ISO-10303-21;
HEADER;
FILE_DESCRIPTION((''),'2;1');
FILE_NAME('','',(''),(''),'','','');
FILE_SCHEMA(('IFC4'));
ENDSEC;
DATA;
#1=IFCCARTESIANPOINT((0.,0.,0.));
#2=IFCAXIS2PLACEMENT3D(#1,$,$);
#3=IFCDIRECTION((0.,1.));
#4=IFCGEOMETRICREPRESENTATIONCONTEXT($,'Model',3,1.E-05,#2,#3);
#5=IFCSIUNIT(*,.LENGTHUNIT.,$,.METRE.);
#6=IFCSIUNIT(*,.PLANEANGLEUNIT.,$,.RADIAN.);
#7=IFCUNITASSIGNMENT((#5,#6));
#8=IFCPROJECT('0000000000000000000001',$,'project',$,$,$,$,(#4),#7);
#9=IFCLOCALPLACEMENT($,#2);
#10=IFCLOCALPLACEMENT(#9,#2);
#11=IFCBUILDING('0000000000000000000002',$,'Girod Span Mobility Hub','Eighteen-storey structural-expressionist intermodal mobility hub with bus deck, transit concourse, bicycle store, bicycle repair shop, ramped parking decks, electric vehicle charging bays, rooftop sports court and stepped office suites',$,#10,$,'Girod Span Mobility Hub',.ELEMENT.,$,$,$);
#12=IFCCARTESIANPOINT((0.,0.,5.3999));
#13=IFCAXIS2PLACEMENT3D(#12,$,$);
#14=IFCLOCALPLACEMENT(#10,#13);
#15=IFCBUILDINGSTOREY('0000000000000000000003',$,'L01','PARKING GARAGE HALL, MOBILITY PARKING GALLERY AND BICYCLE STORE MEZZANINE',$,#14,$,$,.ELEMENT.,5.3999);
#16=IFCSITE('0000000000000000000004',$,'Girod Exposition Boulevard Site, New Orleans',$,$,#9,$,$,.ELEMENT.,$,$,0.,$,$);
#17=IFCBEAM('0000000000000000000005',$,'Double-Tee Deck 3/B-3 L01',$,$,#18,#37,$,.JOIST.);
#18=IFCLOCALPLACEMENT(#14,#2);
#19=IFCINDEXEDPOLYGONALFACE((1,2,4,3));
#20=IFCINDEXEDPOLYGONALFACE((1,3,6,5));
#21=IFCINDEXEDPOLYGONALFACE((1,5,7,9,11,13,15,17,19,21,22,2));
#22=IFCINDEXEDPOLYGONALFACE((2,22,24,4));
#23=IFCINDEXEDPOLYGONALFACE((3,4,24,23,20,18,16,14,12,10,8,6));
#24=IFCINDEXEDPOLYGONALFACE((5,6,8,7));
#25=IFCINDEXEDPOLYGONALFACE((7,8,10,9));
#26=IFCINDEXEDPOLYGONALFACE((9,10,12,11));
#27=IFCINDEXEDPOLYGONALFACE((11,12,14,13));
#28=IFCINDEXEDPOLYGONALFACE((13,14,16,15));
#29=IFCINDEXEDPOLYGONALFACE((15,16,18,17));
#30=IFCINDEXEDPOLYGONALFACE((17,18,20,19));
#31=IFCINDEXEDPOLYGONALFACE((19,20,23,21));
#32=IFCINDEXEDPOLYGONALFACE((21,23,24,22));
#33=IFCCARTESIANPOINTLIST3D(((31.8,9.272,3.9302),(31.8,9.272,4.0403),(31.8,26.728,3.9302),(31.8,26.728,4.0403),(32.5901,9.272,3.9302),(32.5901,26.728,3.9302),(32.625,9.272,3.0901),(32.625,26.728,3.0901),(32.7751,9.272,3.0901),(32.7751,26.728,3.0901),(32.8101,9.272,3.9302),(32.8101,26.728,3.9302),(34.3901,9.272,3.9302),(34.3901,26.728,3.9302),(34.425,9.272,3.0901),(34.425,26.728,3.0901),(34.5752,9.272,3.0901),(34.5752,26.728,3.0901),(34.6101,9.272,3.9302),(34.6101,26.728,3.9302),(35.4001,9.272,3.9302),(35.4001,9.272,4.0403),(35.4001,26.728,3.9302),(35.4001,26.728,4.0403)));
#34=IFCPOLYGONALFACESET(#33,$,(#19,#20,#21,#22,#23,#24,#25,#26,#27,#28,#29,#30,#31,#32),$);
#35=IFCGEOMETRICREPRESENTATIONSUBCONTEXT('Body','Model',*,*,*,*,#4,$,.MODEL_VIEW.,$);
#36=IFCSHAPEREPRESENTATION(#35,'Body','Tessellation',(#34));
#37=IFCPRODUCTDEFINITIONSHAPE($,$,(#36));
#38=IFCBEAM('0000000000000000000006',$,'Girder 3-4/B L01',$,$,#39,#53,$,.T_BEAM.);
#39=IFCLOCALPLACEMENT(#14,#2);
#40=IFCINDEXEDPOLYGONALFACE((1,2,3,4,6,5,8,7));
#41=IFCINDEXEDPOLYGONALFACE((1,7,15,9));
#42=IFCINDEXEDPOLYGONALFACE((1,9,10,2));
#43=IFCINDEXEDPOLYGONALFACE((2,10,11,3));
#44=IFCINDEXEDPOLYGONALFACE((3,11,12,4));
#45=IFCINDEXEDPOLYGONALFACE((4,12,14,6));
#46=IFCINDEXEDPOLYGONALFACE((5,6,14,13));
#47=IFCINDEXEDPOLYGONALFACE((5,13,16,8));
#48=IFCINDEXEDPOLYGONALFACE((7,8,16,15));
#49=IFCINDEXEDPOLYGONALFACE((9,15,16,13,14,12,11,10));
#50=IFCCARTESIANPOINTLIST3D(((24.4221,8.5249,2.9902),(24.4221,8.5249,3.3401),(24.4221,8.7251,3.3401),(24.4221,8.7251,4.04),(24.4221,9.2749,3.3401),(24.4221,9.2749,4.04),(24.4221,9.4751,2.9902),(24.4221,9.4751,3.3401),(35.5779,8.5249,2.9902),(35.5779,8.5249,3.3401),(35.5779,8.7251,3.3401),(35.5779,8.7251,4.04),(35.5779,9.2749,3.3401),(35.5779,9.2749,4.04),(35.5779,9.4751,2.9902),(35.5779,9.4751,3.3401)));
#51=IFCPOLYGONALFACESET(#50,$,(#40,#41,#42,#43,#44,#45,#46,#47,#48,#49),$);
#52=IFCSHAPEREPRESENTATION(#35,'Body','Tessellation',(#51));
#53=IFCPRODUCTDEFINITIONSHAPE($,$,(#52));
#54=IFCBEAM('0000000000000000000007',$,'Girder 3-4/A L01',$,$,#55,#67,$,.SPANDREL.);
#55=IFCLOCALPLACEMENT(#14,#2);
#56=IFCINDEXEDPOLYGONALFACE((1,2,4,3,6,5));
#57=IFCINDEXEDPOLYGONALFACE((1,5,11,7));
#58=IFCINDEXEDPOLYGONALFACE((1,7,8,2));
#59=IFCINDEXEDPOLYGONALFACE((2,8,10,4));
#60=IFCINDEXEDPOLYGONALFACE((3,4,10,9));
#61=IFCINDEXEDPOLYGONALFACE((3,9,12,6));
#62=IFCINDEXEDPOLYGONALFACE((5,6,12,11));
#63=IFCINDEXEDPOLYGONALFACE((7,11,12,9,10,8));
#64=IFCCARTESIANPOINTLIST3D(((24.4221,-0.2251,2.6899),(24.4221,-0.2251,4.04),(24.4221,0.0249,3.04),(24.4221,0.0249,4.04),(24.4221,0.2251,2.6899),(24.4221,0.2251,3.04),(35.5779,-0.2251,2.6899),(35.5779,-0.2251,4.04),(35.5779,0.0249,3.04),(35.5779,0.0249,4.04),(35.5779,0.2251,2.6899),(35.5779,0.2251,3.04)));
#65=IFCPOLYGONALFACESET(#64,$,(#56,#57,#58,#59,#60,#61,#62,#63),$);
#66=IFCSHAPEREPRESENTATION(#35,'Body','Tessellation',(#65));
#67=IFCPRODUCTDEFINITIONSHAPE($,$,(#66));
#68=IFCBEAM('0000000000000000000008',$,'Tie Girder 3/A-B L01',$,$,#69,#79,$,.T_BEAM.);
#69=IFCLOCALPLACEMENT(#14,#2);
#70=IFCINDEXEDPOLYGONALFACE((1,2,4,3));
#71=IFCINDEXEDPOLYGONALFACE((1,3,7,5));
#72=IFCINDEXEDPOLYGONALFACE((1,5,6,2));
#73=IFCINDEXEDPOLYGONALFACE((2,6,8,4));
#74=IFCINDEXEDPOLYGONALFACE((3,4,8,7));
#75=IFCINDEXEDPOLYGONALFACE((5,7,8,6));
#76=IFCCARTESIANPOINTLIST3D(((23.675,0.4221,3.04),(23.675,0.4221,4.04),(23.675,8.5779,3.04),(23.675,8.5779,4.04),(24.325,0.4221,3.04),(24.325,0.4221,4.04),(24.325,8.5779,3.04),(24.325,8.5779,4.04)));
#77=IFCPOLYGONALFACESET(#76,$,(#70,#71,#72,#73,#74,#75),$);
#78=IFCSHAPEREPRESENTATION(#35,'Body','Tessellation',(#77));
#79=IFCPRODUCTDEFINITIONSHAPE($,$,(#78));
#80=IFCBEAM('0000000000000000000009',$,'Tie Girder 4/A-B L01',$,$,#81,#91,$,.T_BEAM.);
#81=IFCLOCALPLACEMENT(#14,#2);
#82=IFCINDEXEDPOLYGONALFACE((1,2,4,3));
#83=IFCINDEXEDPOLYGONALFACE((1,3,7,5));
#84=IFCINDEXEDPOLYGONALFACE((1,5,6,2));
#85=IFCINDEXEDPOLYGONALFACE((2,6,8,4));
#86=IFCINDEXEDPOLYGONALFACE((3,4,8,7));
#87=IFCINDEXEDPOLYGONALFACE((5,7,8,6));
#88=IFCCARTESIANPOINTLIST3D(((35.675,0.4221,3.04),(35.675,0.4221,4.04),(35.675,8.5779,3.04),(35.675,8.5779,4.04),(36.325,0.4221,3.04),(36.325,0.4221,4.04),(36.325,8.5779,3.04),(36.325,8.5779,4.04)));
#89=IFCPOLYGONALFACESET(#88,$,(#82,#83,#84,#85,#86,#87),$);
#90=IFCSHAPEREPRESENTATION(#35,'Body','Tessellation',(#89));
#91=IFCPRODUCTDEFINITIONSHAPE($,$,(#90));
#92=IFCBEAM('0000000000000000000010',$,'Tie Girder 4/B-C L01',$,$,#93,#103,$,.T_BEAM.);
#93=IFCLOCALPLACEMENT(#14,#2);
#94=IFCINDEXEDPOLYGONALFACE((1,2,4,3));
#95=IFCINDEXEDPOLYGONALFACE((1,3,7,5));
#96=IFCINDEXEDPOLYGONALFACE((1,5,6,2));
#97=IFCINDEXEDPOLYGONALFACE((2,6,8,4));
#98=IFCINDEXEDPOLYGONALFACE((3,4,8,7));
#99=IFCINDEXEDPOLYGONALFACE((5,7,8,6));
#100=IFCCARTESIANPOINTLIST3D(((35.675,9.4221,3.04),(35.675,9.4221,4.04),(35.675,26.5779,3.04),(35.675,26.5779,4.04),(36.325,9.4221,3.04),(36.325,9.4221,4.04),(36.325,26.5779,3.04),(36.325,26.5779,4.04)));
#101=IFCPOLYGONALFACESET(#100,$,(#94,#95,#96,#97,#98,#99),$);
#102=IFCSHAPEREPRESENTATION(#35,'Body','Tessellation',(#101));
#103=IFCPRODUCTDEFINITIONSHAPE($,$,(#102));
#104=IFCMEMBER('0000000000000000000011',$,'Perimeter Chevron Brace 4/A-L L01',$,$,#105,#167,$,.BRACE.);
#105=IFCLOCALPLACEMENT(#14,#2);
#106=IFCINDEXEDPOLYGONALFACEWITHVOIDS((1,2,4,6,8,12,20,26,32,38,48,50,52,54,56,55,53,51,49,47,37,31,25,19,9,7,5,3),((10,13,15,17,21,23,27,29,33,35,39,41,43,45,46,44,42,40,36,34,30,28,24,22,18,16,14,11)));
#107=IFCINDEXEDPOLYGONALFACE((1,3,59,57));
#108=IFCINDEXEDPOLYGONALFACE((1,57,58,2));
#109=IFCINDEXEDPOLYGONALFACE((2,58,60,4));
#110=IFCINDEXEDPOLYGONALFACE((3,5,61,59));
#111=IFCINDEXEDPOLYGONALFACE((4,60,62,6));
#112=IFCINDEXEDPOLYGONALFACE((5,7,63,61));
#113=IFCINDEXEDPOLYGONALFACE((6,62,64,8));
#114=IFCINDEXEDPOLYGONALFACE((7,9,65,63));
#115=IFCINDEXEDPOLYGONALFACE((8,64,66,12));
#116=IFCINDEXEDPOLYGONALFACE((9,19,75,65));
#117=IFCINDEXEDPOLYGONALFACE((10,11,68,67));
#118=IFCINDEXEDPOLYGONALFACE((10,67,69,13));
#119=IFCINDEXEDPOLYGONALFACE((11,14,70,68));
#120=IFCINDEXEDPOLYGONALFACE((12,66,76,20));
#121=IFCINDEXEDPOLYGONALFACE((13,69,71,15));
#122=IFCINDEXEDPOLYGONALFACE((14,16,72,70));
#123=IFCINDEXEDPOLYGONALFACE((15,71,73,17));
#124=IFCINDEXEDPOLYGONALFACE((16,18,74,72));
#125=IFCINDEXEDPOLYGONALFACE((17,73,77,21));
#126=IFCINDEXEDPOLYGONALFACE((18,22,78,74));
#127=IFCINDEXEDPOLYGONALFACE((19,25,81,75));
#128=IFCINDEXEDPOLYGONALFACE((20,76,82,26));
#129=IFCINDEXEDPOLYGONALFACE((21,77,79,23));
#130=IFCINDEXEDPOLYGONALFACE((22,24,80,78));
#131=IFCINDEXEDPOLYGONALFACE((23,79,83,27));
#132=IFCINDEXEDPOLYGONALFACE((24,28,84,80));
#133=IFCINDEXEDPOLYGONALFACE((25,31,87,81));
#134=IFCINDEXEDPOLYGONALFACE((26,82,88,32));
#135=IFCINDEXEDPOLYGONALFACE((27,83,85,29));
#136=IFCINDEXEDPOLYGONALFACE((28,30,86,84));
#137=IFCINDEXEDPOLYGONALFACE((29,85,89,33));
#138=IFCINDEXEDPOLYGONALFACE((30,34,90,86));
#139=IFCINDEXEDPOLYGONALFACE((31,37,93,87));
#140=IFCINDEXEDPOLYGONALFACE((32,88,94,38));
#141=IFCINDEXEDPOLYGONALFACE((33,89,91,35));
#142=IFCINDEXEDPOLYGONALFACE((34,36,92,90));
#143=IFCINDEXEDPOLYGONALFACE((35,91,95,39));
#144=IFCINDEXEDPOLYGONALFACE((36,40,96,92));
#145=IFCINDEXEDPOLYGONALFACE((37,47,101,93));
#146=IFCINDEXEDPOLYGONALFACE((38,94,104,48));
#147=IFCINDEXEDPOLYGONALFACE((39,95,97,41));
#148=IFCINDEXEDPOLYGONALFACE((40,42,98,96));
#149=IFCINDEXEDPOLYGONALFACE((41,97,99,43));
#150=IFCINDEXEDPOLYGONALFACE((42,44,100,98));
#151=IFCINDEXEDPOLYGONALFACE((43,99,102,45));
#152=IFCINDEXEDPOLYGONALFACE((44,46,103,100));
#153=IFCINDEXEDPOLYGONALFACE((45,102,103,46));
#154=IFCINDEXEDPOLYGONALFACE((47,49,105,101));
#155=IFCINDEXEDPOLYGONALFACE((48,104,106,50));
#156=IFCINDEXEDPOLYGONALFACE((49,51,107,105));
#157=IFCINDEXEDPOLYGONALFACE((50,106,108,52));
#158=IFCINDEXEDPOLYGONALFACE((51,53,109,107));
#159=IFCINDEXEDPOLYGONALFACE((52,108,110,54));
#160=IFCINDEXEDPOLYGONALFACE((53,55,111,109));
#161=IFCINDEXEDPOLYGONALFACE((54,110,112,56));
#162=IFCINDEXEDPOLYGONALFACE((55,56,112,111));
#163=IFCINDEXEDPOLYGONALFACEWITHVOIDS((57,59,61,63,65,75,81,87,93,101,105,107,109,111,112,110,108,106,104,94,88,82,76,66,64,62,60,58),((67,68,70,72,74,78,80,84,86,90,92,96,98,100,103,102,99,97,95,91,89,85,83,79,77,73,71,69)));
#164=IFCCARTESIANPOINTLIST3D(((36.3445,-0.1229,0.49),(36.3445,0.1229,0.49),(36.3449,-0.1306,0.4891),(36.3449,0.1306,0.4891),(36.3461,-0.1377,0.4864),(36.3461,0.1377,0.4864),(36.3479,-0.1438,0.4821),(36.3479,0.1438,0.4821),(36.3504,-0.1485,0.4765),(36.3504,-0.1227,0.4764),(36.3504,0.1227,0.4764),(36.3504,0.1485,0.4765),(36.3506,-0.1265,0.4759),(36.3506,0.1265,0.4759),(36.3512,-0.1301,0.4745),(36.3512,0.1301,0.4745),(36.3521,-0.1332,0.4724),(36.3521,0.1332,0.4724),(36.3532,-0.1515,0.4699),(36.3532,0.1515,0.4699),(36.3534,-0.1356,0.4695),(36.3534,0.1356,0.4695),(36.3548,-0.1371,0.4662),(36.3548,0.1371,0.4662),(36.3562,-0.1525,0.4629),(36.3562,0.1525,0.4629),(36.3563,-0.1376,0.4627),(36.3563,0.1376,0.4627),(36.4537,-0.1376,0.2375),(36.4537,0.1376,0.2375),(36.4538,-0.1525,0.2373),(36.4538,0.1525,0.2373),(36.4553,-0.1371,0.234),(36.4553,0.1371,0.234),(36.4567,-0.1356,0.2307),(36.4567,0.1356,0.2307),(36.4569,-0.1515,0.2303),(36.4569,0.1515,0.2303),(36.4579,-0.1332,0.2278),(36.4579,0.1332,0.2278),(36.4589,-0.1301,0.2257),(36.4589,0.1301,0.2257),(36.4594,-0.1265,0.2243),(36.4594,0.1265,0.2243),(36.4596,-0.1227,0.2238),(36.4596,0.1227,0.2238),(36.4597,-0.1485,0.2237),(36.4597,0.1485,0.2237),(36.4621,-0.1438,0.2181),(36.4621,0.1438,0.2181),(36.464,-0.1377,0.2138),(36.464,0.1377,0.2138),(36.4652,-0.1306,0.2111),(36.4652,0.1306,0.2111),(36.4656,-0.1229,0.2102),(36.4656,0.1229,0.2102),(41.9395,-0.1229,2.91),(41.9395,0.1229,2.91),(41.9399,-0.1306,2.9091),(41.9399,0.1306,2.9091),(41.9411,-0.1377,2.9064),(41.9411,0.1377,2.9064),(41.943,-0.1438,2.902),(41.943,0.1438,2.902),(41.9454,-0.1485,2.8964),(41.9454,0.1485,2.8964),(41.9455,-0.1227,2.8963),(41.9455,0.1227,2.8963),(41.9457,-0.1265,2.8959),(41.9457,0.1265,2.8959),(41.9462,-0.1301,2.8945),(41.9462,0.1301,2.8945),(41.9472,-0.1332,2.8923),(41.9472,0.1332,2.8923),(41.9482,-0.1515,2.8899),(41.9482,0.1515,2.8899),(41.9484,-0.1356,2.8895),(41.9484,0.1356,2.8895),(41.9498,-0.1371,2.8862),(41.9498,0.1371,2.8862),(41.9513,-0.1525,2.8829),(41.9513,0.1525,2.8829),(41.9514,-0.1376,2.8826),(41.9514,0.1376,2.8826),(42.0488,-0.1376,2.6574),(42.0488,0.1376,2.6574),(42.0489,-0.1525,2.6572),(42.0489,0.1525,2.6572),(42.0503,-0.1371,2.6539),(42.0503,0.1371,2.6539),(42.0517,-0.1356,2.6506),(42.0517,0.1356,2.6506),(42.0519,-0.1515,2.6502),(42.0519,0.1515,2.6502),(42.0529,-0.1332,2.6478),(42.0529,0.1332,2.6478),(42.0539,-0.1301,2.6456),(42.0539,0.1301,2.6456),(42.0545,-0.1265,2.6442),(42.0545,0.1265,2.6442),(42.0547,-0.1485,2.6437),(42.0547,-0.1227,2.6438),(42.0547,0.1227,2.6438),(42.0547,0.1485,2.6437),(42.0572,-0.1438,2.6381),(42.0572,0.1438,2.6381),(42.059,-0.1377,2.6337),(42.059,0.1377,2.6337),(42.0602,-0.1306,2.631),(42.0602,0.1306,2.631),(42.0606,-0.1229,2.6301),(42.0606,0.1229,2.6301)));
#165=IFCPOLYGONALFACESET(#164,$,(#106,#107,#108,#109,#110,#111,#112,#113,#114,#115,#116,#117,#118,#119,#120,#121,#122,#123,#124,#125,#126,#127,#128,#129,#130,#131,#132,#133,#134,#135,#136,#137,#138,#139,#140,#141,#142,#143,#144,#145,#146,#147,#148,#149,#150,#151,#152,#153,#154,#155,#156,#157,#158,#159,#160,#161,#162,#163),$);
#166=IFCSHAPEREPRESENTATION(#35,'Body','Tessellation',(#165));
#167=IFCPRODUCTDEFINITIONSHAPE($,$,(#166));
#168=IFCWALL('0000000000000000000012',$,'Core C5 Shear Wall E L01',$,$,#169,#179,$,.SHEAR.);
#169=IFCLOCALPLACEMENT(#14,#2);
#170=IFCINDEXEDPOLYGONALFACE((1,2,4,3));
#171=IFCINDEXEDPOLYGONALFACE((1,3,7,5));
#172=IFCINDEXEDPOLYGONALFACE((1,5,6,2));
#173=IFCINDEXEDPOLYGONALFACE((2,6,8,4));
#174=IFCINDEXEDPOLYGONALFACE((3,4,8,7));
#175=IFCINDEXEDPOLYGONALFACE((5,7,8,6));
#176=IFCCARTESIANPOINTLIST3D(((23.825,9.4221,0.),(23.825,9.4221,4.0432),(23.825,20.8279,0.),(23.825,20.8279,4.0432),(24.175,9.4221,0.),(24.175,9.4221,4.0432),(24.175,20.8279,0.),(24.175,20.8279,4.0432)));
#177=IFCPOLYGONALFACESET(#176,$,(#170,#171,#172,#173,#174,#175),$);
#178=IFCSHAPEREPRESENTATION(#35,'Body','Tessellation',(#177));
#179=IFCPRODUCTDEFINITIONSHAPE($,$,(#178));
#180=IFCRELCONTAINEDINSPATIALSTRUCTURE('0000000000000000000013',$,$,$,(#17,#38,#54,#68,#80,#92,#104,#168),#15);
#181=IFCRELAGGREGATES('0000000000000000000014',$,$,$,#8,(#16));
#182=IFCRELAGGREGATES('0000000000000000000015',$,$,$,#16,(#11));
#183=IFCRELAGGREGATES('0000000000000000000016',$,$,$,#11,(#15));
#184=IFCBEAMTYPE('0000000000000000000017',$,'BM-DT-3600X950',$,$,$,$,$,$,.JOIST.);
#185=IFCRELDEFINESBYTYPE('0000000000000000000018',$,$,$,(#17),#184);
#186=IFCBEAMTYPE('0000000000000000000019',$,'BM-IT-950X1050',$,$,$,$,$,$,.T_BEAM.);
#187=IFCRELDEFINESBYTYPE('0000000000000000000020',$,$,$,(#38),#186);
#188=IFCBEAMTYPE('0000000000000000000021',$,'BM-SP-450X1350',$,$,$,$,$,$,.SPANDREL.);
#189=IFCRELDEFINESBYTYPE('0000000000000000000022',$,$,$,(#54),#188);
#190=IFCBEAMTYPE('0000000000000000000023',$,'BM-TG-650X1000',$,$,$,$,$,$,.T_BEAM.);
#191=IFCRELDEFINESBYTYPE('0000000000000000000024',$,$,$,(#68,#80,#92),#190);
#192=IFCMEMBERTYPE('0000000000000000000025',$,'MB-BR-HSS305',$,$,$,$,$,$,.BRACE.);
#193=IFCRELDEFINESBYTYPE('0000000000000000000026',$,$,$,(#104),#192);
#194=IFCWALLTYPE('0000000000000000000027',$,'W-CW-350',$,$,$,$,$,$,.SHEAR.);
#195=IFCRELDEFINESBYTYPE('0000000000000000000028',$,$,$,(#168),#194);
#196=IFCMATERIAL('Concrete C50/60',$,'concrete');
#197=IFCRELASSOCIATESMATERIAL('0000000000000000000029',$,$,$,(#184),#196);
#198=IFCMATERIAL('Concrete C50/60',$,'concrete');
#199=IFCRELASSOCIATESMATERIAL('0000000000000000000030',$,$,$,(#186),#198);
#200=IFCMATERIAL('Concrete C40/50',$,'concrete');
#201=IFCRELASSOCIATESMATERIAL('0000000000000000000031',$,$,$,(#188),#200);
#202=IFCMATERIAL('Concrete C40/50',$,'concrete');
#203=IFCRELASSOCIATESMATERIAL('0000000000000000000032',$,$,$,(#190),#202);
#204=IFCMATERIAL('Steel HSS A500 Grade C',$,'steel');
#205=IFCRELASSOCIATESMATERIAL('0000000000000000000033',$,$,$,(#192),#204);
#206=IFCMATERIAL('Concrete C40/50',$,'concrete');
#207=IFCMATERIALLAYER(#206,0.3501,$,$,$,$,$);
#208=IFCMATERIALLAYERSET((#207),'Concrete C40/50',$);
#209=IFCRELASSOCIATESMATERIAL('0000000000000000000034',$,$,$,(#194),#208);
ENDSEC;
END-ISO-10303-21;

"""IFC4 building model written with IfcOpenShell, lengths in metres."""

from ifc_helpers import new_model, si_unit, direction, frame, frame_2d, origin, origin_2d, place, context, subcontext, project, spatial, polyline, rectangle, hollow_rectangle, outline, extrude, material, layer, layer_set, material_profile, profile_set, type_object, element, save


model = new_model("IFC4")

# Units and contexts
model_context = context("Model", 3, precision=1e-05, world=origin(), true_north=direction((0.0, 1.0)))
body_context = subcontext(model_context, "Body", "Model", "MODEL_VIEW")
ifc_project = project(units=[si_unit("LENGTHUNIT", "METRE"), si_unit("PLANEANGLEUNIT", "RADIAN")], contexts=[model_context])

# Site, building, storey
site_placement = place(None, origin())
site = spatial("IfcSite", under=ifc_project, at=site_placement, Name="Girod Exposition Boulevard Site, New Orleans", CompositionType="ELEMENT", RefElevation=0.0)
building_placement = place(site_placement, origin())
building = spatial("IfcBuilding", under=site, at=building_placement, Name="Girod Span Mobility Hub", Description="Eighteen-storey structural-expressionist intermodal mobility hub with bus deck, transit concourse, bicycle store, bicycle repair shop, ramped parking decks, electric vehicle charging bays, rooftop sports court and stepped office suites", LongName="Girod Span Mobility Hub", CompositionType="ELEMENT")
storey_placement = place(building_placement, frame((0.0, 0.0, 5.3999)))
storey = spatial("IfcBuildingStorey", under=building, at=storey_placement, Name="L01", Description="PARKING GARAGE HALL, MOBILITY PARKING GALLERY AND BICYCLE STORE MEZZANINE", CompositionType="ELEMENT", Elevation=5.3999)

# Beams
ifc_material_1 = material(Name="Concrete C50/60", Category="concrete")
ifc_material_profile_1 = material_profile(ifc_material_1, outline(polyline([(-1.8, 0.4751), (-1.8, 0.365), (-1.01, 0.365), (-0.9751, -0.4751), (-0.825, -0.4751), (-0.79, 0.365), (0.79, 0.365), (0.825, -0.4751), (0.9751, -0.4751), (1.01, 0.365), (1.8, 0.365), (1.8, 0.4751), (-1.8, 0.4751)])), Name="DT-3600X950")
ifc_profile_set_1 = profile_set([ifc_material_profile_1], Name="Concrete C50/60")
beam_type_1 = type_object("IfcBeamType", Name="BM-DT-3600X950", PredefinedType="JOIST", material=ifc_profile_set_1)
for number, where, z_axis, x_axis, name in (
    (1, (33.6001, 9.272, 3.5652), (0.0, 1.0, 0.0), (-1.0, 0.0, 0.0), "Double-Tee Deck 3/B-3 L01"),
):
    element("IfcBeam", number, at=place(storey_placement, frame(where, z_axis=z_axis, x_axis=x_axis)), inside=storey, type_object=beam_type_1, Name=name, PredefinedType="JOIST", context=body_context, shape_type="SweptSolid", body=[
        extrude(outline(polyline([(-1.8, 0.4751), (-1.8, 0.365), (-1.01, 0.365), (-0.9751, -0.4751), (-0.825, -0.4751), (-0.79, 0.365), (0.79, 0.365), (0.825, -0.4751), (0.9751, -0.4751), (1.01, 0.365), (1.8, 0.365), (1.8, 0.4751), (-1.8, 0.4751)])), origin(), (0.0, 0.0, 1.0), 17.4561),
    ])
ifc_material_2 = material(Name="Concrete C50/60", Category="concrete")
ifc_material_profile_2 = material_profile(ifc_material_2, outline(polyline([(-0.4751, -0.5249), (0.4751, -0.5249), (0.4751, -0.175), (0.2749, -0.175), (0.2749, 0.5249), (-0.2749, 0.5249), (-0.2749, -0.175), (-0.4751, -0.175), (-0.4751, -0.5249)])), Name="IT-950X1050")
ifc_profile_set_2 = profile_set([ifc_material_profile_2], Name="Concrete C50/60")
beam_type_2 = type_object("IfcBeamType", Name="BM-IT-950X1050", PredefinedType="T_BEAM", material=ifc_profile_set_2)
beam_1_placement = place(storey_placement, frame((24.4221, 9.0, 3.5151), z_axis=(1.0, 0.0, 0.0), x_axis=(0.0, 1.0, 0.0)))
element("IfcBeam", 2, at=beam_1_placement, inside=storey, type_object=beam_type_2, Name="Girder 3-4/B L01", PredefinedType="T_BEAM", context=body_context, shape_type="SweptSolid", body=[
    extrude(outline(polyline([(-0.4751, -0.5249), (0.4751, -0.5249), (0.4751, -0.175), (0.2749, -0.175), (0.2749, 0.5249), (-0.2749, 0.5249), (-0.2749, -0.175), (-0.4751, -0.175), (-0.4751, -0.5249)])), origin(), (0.0, 0.0, 1.0), 11.1558),
])
ifc_material_3 = material(Name="Concrete C40/50", Category="concrete")
ifc_material_profile_3 = material_profile(ifc_material_3, outline(polyline([(-0.2251, -0.675), (0.2251, -0.675), (0.2251, -0.325), (0.0249, -0.325), (0.0249, 0.675), (-0.2251, 0.675), (-0.2251, -0.675)])), Name="SP-450X1350")
ifc_profile_set_3 = profile_set([ifc_material_profile_3], Name="Concrete C40/50")
beam_type_3 = type_object("IfcBeamType", Name="BM-SP-450X1350", PredefinedType="SPANDREL", material=ifc_profile_set_3)
beam_2_placement = place(storey_placement, frame((24.4221, 0.0, 3.365), z_axis=(1.0, 0.0, 0.0), x_axis=(0.0, 1.0, 0.0)))
element("IfcBeam", 3, at=beam_2_placement, inside=storey, type_object=beam_type_3, Name="Girder 3-4/A L01", PredefinedType="SPANDREL", context=body_context, shape_type="SweptSolid", body=[
    extrude(outline(polyline([(-0.2251, -0.675), (0.2251, -0.675), (0.2251, -0.325), (0.0249, -0.325), (0.0249, 0.675), (-0.2251, 0.675), (-0.2251, -0.675)])), origin(), (0.0, 0.0, 1.0), 11.1558),
])
ifc_material_4 = material(Name="Concrete C40/50", Category="concrete")
ifc_material_profile_4 = material_profile(ifc_material_4, rectangle(XDim=0.6499, YDim=1.0, at=origin_2d()), Name="TG-650X1000")
ifc_profile_set_4 = profile_set([ifc_material_profile_4], Name="Concrete C40/50")
beam_type_4 = type_object("IfcBeamType", Name="BM-TG-650X1000", PredefinedType="T_BEAM", material=ifc_profile_set_4)
for number, where, z_axis, x_axis, name in (
    (4, (24.0, 0.4221, 3.54), (0.0, 1.0, 0.0), (-1.0, 0.0, 0.0), "Tie Girder 3/A-B L01"),
    (5, (36.0, 0.4221, 3.54), (0.0, 1.0, 0.0), (-1.0, 0.0, 0.0), "Tie Girder 4/A-B L01"),
):
    element("IfcBeam", number, at=place(storey_placement, frame(where, z_axis=z_axis, x_axis=x_axis)), inside=storey, type_object=beam_type_4, Name=name, PredefinedType="T_BEAM", context=body_context, shape_type="SweptSolid", body=[
        extrude(rectangle(XDim=0.6499, YDim=1.0, at=origin_2d()), origin(), (0.0, 0.0, 1.0), 8.1558),
    ])
beam_3_placement = place(storey_placement, frame((36.0, 9.4221, 3.54), z_axis=(0.0, 1.0, 0.0), x_axis=(-1.0, 0.0, 0.0)))
element("IfcBeam", 6, at=beam_3_placement, inside=storey, type_object=beam_type_4, Name="Tie Girder 4/B-C L01", PredefinedType="T_BEAM", context=body_context, shape_type="SweptSolid", body=[
    extrude(rectangle(XDim=0.6499, YDim=1.0, at=origin_2d()), origin(), (0.0, 0.0, 1.0), 17.1558),
])

# Member
ifc_material_5 = material(Name="Steel HSS A500 Grade C", Category="steel")
ifc_material_profile_5 = material_profile(ifc_material_5, hollow_rectangle(XDim=0.3049, YDim=0.3049, WallThickness=0.0149, InnerFilletRadius=0.0149, OuterFilletRadius=0.0295, at=origin_2d()), Name="HSS305X305X16")
ifc_profile_set_5 = profile_set([ifc_material_profile_5], Name="Steel HSS A500 Grade C")
member_type = type_object("IfcMemberType", Name="MB-BR-HSS305", PredefinedType="BRACE", material=ifc_profile_set_5)
member_placement = place(storey_placement, frame((36.405, 0.0, 0.3501), z_axis=(0.917829, 0.0, 0.396977), x_axis=(0.0, 1.0, 0.0)))
element("IfcMember", 7, at=member_placement, inside=storey, type_object=member_type, Name="Perimeter Chevron Brace 4/A-L L01", PredefinedType="BRACE", context=body_context, shape_type="SweptSolid", body=[
    extrude(hollow_rectangle(XDim=0.3049, YDim=0.3049, WallThickness=0.0149, InnerFilletRadius=0.0149, OuterFilletRadius=0.0295, at=origin_2d()), origin(), (0.0, 0.0, 1.0), 6.0959),
])

# Wall
ifc_material_6 = material(Name="Concrete C40/50", Category="concrete")
ifc_layer_1 = layer(ifc_material_6, 0.3501)
ifc_layer_set_1 = layer_set([ifc_layer_1], Name="Concrete C40/50")
wall_type_1 = type_object("IfcWallType", Name="W-CW-350", PredefinedType="SHEAR", material=ifc_layer_set_1)
wall_1_placement = place(storey_placement, frame((24.0, 9.4221, 0.0), z_axis=(0.0, 0.0, 1.0), x_axis=(0.0, 1.0, 0.0)))
element("IfcWall", 8, at=wall_1_placement, inside=storey, type_object=wall_type_1, Name="Core C5 Shear Wall E L01", PredefinedType="SHEAR", context=body_context, shape_type="SweptSolid", body=[
    extrude(rectangle(XDim=11.4058, YDim=0.3501, at=frame_2d((5.7029, 0.0))), origin(), (0.0, 0.0, 1.0), 4.0432),
])

save(model, "model.ifc")
